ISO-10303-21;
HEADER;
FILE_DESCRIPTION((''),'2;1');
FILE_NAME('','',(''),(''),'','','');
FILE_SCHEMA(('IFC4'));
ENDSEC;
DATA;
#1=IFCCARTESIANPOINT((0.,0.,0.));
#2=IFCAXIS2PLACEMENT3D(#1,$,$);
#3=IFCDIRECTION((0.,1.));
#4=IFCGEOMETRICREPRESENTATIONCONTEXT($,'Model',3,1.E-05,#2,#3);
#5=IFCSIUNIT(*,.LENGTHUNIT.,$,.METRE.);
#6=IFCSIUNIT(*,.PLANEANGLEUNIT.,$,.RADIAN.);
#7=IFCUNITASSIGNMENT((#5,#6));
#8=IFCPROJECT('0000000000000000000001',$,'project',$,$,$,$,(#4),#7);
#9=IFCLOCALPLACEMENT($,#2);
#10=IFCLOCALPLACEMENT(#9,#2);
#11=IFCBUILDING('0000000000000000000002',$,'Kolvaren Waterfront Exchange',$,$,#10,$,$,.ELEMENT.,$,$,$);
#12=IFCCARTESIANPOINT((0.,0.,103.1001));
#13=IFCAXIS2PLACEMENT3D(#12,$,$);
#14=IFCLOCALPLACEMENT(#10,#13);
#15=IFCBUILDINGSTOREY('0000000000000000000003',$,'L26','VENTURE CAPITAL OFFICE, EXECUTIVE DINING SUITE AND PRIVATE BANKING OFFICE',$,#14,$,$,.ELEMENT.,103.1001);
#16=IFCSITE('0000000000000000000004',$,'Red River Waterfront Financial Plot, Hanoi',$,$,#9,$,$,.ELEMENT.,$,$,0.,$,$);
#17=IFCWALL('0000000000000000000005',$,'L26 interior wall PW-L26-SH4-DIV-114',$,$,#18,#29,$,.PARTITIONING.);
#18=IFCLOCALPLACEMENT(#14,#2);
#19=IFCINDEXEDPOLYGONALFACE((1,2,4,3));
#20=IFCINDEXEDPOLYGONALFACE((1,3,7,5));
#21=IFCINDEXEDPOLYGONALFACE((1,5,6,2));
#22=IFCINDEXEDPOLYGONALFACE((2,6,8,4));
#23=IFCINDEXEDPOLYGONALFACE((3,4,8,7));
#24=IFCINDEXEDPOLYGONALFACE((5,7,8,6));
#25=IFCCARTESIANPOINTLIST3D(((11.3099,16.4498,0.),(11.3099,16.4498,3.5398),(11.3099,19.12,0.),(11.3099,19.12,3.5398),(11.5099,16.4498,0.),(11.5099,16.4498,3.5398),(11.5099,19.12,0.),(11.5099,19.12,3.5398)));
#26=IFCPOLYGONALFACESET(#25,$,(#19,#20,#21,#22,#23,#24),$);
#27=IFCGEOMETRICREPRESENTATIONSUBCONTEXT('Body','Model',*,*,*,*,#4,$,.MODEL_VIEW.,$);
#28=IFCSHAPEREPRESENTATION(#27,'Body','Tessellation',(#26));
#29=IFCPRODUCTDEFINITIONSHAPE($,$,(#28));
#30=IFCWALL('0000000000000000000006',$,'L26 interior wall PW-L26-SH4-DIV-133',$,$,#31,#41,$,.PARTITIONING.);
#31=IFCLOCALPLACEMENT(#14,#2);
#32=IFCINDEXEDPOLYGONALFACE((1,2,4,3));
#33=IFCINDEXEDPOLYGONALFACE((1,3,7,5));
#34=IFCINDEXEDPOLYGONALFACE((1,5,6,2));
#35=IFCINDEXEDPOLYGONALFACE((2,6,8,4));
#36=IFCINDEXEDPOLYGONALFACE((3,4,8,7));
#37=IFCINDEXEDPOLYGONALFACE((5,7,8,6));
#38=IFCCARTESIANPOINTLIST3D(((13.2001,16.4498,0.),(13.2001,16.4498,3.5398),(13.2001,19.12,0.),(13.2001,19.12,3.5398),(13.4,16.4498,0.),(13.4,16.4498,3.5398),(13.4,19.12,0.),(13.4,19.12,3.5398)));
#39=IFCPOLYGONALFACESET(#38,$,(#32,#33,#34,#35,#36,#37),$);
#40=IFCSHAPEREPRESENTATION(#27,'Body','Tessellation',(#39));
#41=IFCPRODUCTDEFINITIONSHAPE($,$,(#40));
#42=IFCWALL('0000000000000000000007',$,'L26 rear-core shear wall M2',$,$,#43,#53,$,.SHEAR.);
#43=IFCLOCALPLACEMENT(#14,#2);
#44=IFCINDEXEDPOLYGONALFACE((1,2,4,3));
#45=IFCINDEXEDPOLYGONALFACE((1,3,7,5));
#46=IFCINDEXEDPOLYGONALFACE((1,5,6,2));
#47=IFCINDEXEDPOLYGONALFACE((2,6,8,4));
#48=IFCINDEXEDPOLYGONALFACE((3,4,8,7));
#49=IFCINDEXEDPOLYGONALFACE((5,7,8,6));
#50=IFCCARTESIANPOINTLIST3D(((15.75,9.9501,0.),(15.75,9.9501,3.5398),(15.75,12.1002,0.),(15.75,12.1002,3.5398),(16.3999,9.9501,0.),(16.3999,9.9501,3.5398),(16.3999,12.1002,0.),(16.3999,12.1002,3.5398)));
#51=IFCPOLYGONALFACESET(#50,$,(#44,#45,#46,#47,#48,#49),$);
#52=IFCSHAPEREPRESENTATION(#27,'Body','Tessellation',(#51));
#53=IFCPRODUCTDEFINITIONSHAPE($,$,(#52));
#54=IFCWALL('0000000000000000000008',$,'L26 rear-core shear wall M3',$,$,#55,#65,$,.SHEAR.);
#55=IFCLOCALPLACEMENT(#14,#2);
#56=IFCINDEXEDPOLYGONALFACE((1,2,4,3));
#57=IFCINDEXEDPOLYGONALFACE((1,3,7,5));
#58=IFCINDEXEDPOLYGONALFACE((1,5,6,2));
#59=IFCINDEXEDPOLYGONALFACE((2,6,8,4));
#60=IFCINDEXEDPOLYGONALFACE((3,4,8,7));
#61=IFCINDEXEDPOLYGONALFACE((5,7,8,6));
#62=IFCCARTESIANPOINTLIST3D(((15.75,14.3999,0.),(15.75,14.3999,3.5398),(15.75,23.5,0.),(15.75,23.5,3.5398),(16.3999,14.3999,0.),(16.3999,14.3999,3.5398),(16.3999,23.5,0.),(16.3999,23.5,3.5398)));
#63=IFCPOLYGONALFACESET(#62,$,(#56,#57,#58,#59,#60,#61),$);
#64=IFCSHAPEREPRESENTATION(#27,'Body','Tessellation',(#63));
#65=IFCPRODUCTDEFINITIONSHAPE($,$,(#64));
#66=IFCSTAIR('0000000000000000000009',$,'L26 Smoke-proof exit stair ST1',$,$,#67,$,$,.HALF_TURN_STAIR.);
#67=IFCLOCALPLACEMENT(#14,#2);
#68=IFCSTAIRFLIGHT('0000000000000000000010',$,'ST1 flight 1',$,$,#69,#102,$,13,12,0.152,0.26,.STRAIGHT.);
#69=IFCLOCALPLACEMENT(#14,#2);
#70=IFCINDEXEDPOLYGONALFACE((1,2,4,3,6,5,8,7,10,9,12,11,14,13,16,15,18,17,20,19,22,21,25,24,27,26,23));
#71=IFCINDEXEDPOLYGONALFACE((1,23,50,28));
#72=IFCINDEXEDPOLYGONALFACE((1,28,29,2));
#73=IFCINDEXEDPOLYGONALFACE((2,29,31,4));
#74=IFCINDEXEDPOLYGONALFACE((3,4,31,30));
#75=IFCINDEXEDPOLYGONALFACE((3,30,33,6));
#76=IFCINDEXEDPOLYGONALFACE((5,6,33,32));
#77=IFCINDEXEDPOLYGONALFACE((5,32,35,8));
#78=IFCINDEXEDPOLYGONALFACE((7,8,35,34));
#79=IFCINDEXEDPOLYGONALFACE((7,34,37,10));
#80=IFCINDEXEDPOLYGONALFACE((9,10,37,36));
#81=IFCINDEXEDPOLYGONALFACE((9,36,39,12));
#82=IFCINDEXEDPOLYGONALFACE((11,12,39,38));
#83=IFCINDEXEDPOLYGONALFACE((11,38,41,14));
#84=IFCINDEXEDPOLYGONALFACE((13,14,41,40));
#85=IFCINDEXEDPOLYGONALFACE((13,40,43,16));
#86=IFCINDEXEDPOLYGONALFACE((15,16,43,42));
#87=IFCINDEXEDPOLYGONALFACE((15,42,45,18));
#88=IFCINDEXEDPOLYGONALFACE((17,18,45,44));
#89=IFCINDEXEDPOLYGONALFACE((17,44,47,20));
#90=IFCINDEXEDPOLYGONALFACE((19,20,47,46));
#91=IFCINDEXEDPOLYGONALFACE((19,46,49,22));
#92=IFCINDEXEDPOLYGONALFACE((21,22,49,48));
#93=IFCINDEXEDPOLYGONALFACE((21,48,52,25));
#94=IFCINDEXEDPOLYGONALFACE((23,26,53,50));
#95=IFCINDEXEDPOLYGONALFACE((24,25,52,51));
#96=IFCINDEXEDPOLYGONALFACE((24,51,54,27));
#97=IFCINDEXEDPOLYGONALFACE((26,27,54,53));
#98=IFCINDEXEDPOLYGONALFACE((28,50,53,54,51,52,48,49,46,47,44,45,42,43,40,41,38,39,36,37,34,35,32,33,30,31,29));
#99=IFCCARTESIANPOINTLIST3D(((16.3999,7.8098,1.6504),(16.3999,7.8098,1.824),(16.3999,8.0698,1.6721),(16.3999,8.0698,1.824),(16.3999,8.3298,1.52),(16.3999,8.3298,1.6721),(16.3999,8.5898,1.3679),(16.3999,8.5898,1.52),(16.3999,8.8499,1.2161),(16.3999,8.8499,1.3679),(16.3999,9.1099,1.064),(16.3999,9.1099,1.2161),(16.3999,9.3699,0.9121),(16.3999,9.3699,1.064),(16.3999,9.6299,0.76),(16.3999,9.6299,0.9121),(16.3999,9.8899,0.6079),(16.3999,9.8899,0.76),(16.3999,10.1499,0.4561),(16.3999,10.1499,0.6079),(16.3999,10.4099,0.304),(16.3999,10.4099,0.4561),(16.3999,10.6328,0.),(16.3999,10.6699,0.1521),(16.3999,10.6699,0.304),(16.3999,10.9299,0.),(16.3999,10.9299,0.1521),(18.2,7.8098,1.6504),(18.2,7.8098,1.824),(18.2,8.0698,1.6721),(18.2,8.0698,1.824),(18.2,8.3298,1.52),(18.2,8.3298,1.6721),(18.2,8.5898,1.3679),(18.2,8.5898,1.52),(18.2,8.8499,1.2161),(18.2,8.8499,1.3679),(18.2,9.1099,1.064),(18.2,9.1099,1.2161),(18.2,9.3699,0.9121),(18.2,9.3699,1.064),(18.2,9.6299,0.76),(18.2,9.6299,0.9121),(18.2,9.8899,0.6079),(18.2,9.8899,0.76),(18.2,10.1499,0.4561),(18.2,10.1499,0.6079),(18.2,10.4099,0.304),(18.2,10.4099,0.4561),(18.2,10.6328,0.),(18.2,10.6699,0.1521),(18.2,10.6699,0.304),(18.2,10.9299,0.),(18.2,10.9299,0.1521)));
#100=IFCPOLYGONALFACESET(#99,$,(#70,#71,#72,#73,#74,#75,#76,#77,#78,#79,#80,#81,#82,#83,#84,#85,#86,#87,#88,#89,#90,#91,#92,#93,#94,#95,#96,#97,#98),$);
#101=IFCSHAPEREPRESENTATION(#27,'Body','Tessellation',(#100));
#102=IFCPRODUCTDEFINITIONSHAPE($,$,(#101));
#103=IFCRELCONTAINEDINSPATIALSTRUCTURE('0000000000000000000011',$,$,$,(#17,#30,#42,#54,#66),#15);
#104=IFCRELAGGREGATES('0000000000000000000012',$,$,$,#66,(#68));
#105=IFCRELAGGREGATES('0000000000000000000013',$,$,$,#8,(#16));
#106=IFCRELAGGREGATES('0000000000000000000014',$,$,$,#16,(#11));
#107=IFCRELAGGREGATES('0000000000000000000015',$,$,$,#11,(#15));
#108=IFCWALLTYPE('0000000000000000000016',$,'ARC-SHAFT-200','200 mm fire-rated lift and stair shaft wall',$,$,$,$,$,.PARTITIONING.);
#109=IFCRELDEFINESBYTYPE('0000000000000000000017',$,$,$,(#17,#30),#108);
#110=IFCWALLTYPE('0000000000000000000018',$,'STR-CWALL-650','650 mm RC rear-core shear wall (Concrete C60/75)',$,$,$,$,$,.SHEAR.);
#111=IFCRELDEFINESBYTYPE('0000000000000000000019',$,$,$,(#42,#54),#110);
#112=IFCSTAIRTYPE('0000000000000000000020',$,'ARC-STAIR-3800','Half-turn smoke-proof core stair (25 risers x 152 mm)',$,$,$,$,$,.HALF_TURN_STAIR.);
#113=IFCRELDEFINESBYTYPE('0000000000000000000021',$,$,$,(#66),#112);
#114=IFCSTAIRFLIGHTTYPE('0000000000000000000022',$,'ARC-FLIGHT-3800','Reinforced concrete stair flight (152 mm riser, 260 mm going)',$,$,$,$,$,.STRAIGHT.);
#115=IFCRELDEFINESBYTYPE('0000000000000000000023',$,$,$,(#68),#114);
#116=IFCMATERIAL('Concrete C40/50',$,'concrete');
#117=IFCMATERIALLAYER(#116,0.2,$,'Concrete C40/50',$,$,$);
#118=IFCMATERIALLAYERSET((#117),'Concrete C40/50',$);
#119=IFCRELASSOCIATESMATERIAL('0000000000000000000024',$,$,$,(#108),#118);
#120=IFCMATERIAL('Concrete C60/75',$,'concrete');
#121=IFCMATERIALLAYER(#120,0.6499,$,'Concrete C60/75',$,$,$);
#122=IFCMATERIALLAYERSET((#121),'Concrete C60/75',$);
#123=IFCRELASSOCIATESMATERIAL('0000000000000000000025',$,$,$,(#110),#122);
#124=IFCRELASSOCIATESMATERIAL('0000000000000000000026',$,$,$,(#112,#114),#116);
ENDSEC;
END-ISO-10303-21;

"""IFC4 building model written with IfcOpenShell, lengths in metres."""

from ifc_helpers import new_model, si_unit, direction, frame, frame_2d, origin, place, context, subcontext, project, spatial, polyline, rectangle, outline, extrude, material, layer, layer_set, type_object, element, aggregate, save


model = new_model("IFC4")

# Units and contexts
model_context = context("Model", 3, precision=1e-05, world=origin(), true_north=direction((0.0, 1.0)))
body_context = subcontext(model_context, "Body", "Model", "MODEL_VIEW")
ifc_project = project(units=[si_unit("LENGTHUNIT", "METRE"), si_unit("PLANEANGLEUNIT", "RADIAN")], contexts=[model_context])

# Site, building, storey
site_placement = place(None, origin())
site = spatial("IfcSite", under=ifc_project, at=site_placement, Name="Red River Waterfront Financial Plot, Hanoi", CompositionType="ELEMENT", RefElevation=0.0)
building_placement = place(site_placement, origin())
building = spatial("IfcBuilding", under=site, at=building_placement, Name="Kolvaren Waterfront Exchange", CompositionType="ELEMENT")
storey_placement = place(building_placement, frame((0.0, 0.0, 103.1001)))
storey = spatial("IfcBuildingStorey", under=building, at=storey_placement, Name="L26", Description="VENTURE CAPITAL OFFICE, EXECUTIVE DINING SUITE AND PRIVATE BANKING OFFICE", CompositionType="ELEMENT", Elevation=103.1001)

# Shared definitions
ifc_material_1 = material(Name="Concrete C60/75", Category="concrete")

# Walls
ifc_material_2 = material(Name="Concrete C40/50", Category="concrete")
ifc_layer_1 = layer(ifc_material_2, 0.2, Name="Concrete C40/50")
ifc_layer_set_1 = layer_set([ifc_layer_1], Name="Concrete C40/50")
wall_type_1 = type_object("IfcWallType", Name="ARC-SHAFT-200", Description="200 mm fire-rated lift and stair shaft wall", PredefinedType="PARTITIONING", material=ifc_layer_set_1)
for number, where, z_axis, x_axis, name in (
    (1, (11.4099, 16.45, 0.0), (0.0, 0.0, 1.0), (0.0, 1.0, 0.0), "L26 interior wall PW-L26-SH4-DIV-114"),
    (2, (13.3, 16.45, 0.0), (0.0, 0.0, 1.0), (0.0, 1.0, 0.0), "L26 interior wall PW-L26-SH4-DIV-133"),
):
    element("IfcWall", number, at=place(storey_placement, frame(where, z_axis=z_axis, x_axis=x_axis)), inside=storey, type_object=wall_type_1, Name=name, PredefinedType="PARTITIONING", context=body_context, shape_type="SweptSolid", body=[
        extrude(rectangle(XDim=2.6702, YDim=0.2, at=frame_2d((1.335, 0.0))), origin(), (0.0, 0.0, 1.0), 3.5398),
    ])
ifc_layer_2 = layer(ifc_material_1, 0.6499, Name="Concrete C60/75")
ifc_layer_set_2 = layer_set([ifc_layer_2], Name="Concrete C60/75")
wall_type_2 = type_object("IfcWallType", Name="STR-CWALL-650", Description="650 mm RC rear-core shear wall (Concrete C60/75)", PredefinedType="SHEAR", material=ifc_layer_set_2)
wall_1_placement = place(storey_placement, frame((16.075, 9.95, 0.0), z_axis=(0.0, 0.0, 1.0), x_axis=(0.0, 1.0, 0.0)))
element("IfcWall", 3, at=wall_1_placement, inside=storey, type_object=wall_type_2, Name="L26 rear-core shear wall M2", PredefinedType="SHEAR", context=body_context, shape_type="SweptSolid", body=[
    extrude(rectangle(XDim=2.1501, YDim=0.6499, at=frame_2d((1.0752, 0.0))), origin(), (0.0, 0.0, 1.0), 3.5398),
])
wall_2_placement = place(storey_placement, frame((16.075, 14.3999, 0.0), z_axis=(0.0, 0.0, 1.0), x_axis=(0.0, 1.0, 0.0)))
element("IfcWall", 4, at=wall_2_placement, inside=storey, type_object=wall_type_2, Name="L26 rear-core shear wall M3", PredefinedType="SHEAR", context=body_context, shape_type="SweptSolid", body=[
    extrude(rectangle(XDim=9.1001, YDim=0.6499, at=frame_2d((4.55, 0.0))), origin(), (0.0, 0.0, 1.0), 3.5398),
])

# Stair, stair flight
stair_type = type_object("IfcStairType", Name="ARC-STAIR-3800", Description="Half-turn smoke-proof core stair (25 risers x 152 mm)", PredefinedType="HALF_TURN_STAIR", material=ifc_material_2)
stair_placement = place(storey_placement, origin())
stair = element("IfcStair", 5, at=stair_placement, inside=storey, type_object=stair_type, Name="L26 Smoke-proof exit stair ST1", PredefinedType="HALF_TURN_STAIR")
stair_flight_type = type_object("IfcStairFlightType", Name="ARC-FLIGHT-3800", Description="Reinforced concrete stair flight (152 mm riser, 260 mm going)", PredefinedType="STRAIGHT", material=ifc_material_2)
stair_flight_placement = place(storey_placement, frame((17.3, 10.9299, 0.0), z_axis=(0.0, 0.0, 1.0), x_axis=(0.0, -1.0, 0.0)))
stair_flight = element("IfcStairFlight", 6, at=stair_flight_placement, type_object=stair_flight_type, Name="ST1 flight 1", NumberOfRisers=13, NumberOfTreads=12, PredefinedType="STRAIGHT", RiserHeight=0.152, TreadLength=0.26, context=body_context, shape_type="SweptSolid", body=[
    extrude(outline(polyline([(0.0, 0.0), (0.0, 0.1521), (0.26, 0.1521), (0.26, 0.304), (0.52, 0.304), (0.52, 0.4561), (0.78, 0.4561), (0.78, 0.6079), (1.04, 0.6079), (1.04, 0.76), (1.3, 0.76), (1.3, 0.9121), (1.5601, 0.9121), (1.5601, 1.064), (1.8201, 1.064), (1.8201, 1.2161), (2.0801, 1.2161), (2.0801, 1.3679), (2.3401, 1.3679), (2.3401, 1.52), (2.6001, 1.52), (2.6001, 1.6721), (2.8601, 1.6721), (2.8601, 1.824), (3.1201, 1.824), (3.1201, 1.9761), (3.1201, 1.6504), (0.2971, 0.0), (0.0, 0.0)])), frame((0.0, 0.8999, 0.0), z_axis=(0.0, -1.0, 0.0), x_axis=(1.0, 0.0, 0.0)), (0.0, 0.0, 1.0), 1.8),
])
aggregate(stair, [stair_flight])

save(model, "model.ifc")
